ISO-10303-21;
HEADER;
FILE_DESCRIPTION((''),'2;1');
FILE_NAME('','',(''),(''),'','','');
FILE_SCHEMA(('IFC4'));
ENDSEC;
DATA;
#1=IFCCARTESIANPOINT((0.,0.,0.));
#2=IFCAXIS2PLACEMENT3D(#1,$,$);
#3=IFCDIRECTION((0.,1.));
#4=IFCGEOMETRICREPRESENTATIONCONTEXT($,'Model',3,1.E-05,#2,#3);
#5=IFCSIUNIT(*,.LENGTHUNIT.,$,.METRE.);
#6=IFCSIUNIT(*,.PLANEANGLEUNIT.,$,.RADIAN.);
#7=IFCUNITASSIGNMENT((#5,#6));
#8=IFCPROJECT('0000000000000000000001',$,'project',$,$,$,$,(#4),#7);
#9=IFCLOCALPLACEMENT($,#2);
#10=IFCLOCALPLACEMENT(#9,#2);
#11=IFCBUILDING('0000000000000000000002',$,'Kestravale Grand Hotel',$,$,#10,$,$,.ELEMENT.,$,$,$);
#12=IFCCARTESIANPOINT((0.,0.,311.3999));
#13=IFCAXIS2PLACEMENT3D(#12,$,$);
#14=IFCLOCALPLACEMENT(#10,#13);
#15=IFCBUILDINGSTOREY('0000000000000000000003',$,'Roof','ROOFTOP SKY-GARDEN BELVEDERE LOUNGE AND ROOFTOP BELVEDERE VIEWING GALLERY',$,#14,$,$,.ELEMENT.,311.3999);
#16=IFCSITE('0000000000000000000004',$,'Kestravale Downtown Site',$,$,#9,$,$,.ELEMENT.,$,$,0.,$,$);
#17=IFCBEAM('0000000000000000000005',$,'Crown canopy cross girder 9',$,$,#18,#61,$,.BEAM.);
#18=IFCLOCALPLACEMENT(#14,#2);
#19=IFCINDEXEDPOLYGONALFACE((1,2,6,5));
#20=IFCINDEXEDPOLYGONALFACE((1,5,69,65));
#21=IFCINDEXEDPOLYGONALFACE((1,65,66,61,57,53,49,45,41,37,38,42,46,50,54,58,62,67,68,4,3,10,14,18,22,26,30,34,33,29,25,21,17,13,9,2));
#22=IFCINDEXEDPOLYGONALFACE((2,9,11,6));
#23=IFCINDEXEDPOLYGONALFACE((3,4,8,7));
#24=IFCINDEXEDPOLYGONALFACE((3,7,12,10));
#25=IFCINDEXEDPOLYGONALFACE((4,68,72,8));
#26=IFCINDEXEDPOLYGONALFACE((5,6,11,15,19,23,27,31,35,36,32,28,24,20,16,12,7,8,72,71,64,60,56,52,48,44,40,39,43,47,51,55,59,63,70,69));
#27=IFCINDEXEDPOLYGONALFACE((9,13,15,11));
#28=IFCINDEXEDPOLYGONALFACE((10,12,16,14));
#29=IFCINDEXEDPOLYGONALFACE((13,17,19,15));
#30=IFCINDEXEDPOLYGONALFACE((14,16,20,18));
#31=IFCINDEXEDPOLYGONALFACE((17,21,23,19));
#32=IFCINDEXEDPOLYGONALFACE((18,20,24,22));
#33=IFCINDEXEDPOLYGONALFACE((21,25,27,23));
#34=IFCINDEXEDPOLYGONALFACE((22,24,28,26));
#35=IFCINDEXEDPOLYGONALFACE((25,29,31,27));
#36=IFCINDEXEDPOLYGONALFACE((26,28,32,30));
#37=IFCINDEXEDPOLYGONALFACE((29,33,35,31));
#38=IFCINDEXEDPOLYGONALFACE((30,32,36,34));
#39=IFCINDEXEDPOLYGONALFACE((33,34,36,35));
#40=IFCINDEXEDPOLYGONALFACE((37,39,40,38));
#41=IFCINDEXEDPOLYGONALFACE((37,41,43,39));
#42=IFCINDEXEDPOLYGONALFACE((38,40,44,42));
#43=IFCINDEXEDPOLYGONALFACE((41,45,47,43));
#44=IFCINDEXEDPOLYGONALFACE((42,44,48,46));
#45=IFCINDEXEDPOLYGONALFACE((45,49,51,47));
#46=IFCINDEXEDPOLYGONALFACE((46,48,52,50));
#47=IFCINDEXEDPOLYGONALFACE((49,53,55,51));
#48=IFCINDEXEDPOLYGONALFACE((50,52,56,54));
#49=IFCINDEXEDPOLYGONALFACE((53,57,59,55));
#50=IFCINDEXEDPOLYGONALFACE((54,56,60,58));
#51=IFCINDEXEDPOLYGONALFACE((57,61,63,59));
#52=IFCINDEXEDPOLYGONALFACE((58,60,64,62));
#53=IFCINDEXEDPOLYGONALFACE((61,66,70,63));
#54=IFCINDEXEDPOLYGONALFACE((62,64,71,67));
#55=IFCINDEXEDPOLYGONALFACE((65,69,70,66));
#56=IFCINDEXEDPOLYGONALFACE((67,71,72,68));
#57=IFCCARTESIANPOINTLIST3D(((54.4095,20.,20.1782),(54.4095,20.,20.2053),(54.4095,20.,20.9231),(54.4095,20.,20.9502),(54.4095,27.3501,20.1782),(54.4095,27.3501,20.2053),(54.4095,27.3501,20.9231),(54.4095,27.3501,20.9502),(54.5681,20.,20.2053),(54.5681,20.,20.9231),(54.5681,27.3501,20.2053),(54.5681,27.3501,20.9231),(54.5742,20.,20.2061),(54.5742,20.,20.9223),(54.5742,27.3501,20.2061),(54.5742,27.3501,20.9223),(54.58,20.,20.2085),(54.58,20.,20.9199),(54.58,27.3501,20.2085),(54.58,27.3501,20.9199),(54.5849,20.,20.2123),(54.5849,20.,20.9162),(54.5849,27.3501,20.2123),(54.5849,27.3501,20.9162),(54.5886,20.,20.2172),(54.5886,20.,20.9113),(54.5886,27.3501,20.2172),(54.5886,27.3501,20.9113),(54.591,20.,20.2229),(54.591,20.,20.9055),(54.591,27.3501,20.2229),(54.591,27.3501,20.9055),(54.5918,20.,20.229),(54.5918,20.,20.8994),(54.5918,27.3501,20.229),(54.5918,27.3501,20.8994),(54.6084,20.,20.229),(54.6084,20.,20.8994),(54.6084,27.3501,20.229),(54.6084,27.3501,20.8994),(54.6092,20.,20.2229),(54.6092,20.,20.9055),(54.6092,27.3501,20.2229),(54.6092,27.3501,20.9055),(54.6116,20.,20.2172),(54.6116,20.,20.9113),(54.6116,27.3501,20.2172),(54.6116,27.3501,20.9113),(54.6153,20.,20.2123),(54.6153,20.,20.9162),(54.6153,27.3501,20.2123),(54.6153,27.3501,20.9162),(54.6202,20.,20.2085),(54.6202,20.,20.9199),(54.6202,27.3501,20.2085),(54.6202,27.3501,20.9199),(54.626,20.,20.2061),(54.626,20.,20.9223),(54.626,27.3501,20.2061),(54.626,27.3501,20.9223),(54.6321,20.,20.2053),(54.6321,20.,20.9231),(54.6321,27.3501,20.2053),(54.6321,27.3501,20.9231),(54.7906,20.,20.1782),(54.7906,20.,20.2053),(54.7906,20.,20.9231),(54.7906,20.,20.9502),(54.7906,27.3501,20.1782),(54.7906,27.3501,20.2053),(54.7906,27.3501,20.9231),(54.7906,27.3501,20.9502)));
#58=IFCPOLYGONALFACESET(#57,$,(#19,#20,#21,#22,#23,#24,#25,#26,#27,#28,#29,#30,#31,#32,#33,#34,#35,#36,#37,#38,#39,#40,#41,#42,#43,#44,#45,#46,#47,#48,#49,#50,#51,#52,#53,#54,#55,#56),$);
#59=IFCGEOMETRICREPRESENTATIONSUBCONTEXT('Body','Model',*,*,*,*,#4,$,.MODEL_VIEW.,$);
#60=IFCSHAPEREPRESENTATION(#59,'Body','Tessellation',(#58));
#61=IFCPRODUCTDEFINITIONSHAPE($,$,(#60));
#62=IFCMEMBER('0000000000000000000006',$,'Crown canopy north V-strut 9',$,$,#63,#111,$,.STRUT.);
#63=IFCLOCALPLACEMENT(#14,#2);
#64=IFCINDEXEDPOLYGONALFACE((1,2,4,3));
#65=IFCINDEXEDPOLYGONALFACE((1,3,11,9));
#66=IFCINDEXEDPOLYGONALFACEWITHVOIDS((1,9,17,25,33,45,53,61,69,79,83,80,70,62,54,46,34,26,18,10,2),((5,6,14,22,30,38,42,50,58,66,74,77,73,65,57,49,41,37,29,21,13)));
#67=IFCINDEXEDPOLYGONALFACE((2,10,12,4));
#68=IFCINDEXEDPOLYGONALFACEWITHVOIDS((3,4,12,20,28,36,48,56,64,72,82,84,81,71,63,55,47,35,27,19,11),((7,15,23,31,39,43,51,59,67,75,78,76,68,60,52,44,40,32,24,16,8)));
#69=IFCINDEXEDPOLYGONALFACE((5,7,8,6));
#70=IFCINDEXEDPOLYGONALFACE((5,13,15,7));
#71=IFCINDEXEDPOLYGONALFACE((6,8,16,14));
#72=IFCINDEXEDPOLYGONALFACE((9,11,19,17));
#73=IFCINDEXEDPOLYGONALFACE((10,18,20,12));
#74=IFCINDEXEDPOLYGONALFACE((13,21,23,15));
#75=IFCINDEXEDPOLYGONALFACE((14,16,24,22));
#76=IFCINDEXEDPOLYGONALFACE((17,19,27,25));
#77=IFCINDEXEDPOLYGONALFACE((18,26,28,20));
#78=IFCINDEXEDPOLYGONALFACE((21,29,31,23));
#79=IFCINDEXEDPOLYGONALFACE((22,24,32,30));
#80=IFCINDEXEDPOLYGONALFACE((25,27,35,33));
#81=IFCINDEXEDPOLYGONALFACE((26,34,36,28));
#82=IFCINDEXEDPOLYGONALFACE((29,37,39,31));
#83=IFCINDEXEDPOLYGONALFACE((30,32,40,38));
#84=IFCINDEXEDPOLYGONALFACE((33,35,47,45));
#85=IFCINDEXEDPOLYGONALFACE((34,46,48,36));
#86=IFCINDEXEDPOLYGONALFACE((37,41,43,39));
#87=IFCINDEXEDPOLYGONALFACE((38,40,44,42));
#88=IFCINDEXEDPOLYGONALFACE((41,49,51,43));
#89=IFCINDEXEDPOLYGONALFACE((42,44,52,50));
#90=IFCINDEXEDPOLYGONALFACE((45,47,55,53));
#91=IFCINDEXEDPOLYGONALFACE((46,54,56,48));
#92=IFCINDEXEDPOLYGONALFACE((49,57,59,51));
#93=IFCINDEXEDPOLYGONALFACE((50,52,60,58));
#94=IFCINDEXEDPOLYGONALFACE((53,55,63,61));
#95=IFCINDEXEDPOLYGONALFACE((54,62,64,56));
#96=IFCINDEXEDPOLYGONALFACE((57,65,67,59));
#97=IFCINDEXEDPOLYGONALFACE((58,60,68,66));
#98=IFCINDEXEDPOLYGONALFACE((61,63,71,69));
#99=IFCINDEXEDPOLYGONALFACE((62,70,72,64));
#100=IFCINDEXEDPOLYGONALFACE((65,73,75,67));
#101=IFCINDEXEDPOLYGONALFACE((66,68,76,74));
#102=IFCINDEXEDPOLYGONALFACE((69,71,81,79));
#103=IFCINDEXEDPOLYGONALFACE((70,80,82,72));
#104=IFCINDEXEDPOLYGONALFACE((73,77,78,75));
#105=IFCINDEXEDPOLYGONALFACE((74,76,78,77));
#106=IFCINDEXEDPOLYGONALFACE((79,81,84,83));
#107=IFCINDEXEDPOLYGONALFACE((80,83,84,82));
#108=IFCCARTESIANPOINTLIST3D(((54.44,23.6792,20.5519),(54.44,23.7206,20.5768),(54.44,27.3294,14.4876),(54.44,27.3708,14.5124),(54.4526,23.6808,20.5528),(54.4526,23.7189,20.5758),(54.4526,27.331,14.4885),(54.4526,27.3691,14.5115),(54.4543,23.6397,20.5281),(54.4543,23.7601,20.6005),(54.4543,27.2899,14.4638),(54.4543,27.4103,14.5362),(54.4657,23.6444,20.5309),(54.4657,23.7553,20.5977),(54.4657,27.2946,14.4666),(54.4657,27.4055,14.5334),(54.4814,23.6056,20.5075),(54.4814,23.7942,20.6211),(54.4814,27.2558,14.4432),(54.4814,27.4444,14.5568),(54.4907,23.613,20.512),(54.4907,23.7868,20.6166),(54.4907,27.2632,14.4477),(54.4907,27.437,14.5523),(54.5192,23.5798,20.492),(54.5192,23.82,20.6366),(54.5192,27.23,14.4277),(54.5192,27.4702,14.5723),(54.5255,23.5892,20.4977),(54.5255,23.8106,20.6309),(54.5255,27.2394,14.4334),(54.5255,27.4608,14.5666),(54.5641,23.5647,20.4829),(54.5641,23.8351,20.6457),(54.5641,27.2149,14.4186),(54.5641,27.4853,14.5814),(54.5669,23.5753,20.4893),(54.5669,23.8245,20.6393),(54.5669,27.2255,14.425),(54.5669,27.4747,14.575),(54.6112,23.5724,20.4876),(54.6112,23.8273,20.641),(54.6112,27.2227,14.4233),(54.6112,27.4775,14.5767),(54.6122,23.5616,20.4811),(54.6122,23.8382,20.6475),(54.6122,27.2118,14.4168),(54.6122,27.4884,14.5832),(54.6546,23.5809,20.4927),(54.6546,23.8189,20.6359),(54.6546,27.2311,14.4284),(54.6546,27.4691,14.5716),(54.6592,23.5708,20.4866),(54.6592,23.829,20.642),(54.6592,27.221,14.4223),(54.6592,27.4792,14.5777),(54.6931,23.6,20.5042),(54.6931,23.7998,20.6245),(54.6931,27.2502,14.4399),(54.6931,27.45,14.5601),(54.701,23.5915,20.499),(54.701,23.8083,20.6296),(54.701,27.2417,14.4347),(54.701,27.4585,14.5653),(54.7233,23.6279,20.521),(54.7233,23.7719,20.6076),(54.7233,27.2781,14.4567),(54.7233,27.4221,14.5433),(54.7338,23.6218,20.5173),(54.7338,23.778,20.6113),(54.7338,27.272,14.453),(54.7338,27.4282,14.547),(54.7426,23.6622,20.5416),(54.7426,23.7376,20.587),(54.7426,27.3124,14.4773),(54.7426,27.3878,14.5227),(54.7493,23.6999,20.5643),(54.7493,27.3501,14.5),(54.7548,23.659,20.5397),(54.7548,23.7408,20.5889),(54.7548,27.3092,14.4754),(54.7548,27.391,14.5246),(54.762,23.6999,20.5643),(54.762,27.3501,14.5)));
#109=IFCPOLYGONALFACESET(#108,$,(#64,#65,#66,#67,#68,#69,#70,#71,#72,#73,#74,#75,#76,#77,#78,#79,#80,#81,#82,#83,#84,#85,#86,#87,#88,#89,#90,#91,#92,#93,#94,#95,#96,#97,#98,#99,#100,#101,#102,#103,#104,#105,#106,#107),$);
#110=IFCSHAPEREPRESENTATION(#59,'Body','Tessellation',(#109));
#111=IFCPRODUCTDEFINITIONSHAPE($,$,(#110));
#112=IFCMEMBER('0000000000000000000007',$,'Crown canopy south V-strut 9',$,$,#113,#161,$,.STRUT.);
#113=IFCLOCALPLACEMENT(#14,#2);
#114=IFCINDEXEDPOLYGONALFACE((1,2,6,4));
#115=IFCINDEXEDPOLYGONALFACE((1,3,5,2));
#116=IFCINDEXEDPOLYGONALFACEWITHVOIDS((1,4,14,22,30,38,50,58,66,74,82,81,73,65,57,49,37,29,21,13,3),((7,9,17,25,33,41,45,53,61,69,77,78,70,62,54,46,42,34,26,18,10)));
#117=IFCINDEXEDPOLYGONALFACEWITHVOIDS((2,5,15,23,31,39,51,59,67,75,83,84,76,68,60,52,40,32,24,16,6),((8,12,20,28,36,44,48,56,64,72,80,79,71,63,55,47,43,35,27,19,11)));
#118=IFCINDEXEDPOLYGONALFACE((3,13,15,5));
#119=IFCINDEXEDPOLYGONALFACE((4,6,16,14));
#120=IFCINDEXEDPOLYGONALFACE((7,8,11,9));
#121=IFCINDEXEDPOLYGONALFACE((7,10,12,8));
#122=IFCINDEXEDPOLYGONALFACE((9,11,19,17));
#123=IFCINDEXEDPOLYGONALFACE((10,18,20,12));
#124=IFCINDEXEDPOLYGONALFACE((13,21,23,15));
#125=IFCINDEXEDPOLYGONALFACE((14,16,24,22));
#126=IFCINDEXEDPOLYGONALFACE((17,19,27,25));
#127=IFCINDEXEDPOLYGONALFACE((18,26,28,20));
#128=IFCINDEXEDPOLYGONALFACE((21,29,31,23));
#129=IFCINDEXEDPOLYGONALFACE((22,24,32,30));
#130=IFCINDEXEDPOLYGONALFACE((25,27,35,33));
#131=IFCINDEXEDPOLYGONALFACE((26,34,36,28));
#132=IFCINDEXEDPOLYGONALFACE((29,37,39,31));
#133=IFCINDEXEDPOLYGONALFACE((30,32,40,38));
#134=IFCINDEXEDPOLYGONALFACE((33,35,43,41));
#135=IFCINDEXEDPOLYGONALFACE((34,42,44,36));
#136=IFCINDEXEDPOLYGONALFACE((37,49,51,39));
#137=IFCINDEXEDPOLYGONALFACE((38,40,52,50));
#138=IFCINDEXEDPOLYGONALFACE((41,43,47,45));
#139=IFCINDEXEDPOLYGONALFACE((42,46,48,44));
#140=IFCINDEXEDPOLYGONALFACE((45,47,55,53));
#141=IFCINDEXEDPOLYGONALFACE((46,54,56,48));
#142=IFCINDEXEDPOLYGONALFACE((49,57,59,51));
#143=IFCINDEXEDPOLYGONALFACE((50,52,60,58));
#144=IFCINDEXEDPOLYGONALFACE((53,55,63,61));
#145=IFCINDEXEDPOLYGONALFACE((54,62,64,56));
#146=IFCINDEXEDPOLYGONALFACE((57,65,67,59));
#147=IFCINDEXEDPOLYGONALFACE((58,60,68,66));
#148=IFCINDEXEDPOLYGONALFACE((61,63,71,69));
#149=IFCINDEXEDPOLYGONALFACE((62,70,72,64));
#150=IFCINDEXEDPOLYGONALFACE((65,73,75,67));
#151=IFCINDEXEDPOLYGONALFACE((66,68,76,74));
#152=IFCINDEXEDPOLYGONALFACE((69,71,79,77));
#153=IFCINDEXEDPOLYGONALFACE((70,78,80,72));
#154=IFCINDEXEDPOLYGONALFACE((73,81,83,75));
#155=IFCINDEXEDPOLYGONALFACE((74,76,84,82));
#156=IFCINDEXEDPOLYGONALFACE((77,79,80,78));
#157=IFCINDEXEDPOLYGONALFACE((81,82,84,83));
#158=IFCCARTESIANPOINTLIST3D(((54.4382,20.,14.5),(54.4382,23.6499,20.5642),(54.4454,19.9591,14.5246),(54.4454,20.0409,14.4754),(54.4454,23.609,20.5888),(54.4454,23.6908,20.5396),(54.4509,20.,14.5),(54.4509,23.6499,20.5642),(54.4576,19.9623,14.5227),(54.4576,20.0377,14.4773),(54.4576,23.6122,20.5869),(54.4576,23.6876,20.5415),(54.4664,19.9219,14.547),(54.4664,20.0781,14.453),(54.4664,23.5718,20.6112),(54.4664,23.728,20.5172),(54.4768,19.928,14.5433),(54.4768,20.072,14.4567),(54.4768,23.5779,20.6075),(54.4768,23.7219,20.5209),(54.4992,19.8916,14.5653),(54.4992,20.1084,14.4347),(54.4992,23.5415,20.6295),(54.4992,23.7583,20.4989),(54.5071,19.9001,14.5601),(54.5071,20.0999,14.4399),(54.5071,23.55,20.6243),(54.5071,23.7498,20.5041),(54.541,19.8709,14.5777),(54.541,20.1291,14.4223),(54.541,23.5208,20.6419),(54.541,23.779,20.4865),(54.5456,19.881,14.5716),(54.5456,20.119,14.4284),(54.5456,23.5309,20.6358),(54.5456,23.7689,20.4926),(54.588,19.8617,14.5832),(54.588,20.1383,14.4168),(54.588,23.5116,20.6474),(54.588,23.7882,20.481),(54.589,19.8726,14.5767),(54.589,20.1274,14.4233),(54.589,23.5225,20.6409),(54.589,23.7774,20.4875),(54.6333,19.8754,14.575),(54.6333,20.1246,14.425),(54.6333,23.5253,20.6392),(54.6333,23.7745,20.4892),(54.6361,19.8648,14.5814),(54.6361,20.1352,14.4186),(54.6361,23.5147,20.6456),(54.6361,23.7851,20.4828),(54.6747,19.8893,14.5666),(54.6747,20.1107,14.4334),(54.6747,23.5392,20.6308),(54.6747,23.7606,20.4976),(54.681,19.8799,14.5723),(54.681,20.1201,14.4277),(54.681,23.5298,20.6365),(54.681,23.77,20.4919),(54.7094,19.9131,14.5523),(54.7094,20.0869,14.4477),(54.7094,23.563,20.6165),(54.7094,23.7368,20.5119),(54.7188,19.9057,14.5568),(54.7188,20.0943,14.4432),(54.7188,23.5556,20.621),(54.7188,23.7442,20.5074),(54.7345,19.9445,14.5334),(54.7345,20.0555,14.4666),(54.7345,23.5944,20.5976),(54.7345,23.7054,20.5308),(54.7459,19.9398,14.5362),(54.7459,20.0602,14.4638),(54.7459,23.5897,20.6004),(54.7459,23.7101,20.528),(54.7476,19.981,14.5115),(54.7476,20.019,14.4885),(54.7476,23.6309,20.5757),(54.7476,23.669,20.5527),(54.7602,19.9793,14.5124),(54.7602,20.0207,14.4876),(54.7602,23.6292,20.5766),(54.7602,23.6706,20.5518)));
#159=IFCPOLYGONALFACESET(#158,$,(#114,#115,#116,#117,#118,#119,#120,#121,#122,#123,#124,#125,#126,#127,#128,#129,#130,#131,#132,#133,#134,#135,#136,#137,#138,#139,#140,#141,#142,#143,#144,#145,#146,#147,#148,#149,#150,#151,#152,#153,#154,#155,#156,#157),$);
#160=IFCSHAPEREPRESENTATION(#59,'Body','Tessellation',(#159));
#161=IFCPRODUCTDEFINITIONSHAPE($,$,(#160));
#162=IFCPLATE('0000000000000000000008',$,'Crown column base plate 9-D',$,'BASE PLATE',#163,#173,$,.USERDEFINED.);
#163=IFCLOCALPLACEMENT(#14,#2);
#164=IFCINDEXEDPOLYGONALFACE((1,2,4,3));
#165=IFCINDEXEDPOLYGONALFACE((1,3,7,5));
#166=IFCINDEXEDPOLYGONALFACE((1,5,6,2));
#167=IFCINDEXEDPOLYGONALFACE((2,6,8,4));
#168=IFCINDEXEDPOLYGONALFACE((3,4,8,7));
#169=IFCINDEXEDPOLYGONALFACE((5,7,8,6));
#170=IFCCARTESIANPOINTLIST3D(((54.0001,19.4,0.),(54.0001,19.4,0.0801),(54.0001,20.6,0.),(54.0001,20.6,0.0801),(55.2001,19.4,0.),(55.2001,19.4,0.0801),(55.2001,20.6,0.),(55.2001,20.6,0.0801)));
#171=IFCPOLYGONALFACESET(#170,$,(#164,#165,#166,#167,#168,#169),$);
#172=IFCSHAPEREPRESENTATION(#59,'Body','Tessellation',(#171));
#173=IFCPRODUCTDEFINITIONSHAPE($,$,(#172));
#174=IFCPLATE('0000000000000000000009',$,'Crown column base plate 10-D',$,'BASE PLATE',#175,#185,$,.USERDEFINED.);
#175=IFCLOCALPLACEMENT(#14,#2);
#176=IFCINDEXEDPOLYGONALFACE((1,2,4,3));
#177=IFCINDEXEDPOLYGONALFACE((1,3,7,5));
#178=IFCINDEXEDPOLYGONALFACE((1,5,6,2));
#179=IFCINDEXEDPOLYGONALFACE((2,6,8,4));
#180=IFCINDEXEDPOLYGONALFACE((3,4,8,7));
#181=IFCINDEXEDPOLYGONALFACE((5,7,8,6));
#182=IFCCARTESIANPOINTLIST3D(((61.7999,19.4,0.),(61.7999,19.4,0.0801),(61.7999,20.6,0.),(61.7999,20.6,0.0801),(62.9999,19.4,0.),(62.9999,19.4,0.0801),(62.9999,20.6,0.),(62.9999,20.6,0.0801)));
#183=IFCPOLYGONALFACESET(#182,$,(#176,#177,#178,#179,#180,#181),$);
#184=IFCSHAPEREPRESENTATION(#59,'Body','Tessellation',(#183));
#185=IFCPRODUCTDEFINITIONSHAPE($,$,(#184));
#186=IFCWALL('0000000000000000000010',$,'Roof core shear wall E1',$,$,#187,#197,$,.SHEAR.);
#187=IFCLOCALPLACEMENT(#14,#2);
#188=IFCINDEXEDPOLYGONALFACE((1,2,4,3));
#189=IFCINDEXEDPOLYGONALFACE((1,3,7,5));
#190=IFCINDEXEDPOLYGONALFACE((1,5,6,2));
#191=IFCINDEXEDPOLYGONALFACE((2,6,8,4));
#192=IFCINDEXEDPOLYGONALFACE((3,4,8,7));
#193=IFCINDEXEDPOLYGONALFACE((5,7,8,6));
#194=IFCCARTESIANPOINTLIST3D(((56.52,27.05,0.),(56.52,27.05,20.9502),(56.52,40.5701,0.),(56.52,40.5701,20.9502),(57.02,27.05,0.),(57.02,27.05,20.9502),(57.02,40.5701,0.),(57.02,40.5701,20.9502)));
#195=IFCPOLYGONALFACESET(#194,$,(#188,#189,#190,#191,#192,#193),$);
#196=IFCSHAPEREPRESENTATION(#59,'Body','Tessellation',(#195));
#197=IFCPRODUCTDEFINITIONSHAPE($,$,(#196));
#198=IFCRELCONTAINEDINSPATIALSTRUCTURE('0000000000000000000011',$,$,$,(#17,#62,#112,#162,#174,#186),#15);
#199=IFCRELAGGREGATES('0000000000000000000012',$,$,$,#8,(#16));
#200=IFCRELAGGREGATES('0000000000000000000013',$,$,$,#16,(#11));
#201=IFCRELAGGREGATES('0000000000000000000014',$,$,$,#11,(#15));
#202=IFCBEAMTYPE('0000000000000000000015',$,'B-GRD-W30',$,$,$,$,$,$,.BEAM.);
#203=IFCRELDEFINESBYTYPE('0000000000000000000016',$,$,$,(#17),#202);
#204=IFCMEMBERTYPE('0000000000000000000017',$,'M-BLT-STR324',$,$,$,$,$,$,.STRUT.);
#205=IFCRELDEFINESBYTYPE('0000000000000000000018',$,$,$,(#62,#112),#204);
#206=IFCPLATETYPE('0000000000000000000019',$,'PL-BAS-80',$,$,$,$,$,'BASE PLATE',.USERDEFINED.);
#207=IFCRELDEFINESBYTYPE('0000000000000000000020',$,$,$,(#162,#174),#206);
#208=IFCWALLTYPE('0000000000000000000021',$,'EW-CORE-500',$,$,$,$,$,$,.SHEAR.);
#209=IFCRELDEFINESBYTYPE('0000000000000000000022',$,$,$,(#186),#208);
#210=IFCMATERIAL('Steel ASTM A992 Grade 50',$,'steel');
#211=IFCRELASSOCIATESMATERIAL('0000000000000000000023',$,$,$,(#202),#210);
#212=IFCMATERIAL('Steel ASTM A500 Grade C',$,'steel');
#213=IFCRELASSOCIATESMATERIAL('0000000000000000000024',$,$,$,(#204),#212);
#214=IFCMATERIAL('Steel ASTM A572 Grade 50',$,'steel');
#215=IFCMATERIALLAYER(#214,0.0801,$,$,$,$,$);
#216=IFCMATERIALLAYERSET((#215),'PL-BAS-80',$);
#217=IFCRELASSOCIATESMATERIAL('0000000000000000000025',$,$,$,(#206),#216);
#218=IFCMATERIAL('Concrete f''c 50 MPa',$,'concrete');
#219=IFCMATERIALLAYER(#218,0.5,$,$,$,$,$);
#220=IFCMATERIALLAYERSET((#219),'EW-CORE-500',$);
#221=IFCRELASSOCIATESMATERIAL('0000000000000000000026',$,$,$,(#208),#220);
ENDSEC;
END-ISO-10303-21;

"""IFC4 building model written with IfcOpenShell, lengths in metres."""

from ifc_helpers import new_model, si_unit, direction, frame, frame_2d, origin, origin_2d, place, context, subcontext, project, spatial, rectangle, hollow_circle, i_section, extrude, material, layer, layer_set, material_profile, profile_set, type_object, element, save


model = new_model("IFC4")

# Units and contexts
model_context = context("Model", 3, precision=1e-05, world=origin(), true_north=direction((0.0, 1.0)))
body_context = subcontext(model_context, "Body", "Model", "MODEL_VIEW")
ifc_project = project(units=[si_unit("LENGTHUNIT", "METRE"), si_unit("PLANEANGLEUNIT", "RADIAN")], contexts=[model_context])

# Site, building, storey
site_placement = place(None, origin())
site = spatial("IfcSite", under=ifc_project, at=site_placement, Name="Kestravale Downtown Site", CompositionType="ELEMENT", RefElevation=0.0)
building_placement = place(site_placement, origin())
building = spatial("IfcBuilding", under=site, at=building_placement, Name="Kestravale Grand Hotel", CompositionType="ELEMENT")
storey_placement = place(building_placement, frame((0.0, 0.0, 311.3999)))
storey = spatial("IfcBuildingStorey", under=building, at=storey_placement, Name="Roof", Description="ROOFTOP SKY-GARDEN BELVEDERE LOUNGE AND ROOFTOP BELVEDERE VIEWING GALLERY", CompositionType="ELEMENT", Elevation=311.3999)

# Beam
ifc_material_1 = material(Name="Steel ASTM A992 Grade 50", Category="steel")
ifc_material_profile_1 = material_profile(ifc_material_1, i_section(OverallWidth=0.3811, OverallDepth=0.772, WebThickness=0.0166, FlangeThickness=0.0271, FilletRadius=0.0237, at=origin_2d()))
ifc_profile_set_1 = profile_set([ifc_material_profile_1], Name="Steel ASTM A992 Grade 50")
beam_type = type_object("IfcBeamType", Name="B-GRD-W30", PredefinedType="BEAM", material=ifc_profile_set_1)
beam_1_placement = place(storey_placement, frame((54.6001, 20.0, 20.5642), z_axis=(0.0, 1.0, 0.0), x_axis=(-1.0, 0.0, 0.0)))
element("IfcBeam", 1, at=beam_1_placement, inside=storey, type_object=beam_type, Name="Crown canopy cross girder 9", PredefinedType="BEAM", context=body_context, shape_type="SweptSolid", body=[
    extrude(i_section(OverallWidth=0.3811, OverallDepth=0.772, WebThickness=0.0166, FlangeThickness=0.0271, FilletRadius=0.0237, at=origin_2d()), origin(), (0.0, 0.0, 1.0), 7.3501),
])

# Members
ifc_material_2 = material(Name="Steel ASTM A500 Grade C", Category="steel")
ifc_material_profile_2 = material_profile(ifc_material_2, hollow_circle(Radius=0.1619, WallThickness=0.0127, at=origin_2d()))
ifc_profile_set_2 = profile_set([ifc_material_profile_2], Name="Steel ASTM A500 Grade C")
member_type = type_object("IfcMemberType", Name="M-BLT-STR324", PredefinedType="STRUT", material=ifc_profile_set_2)
member_1_placement = place(storey_placement, frame((54.6001, 27.3501, 14.5), z_axis=(0.0, -0.515702, 0.856768), x_axis=(1.0, 0.0, 0.0)))
element("IfcMember", 2, at=member_1_placement, inside=storey, type_object=member_type, Name="Crown canopy north V-strut 9", PredefinedType="STRUT", context=body_context, shape_type="SweptSolid", body=[
    extrude(hollow_circle(Radius=0.1619, WallThickness=0.0127, at=origin_2d()), origin(), (0.0, 0.0, 1.0), 7.0781),
])
member_2_placement = place(storey_placement, frame((54.6001, 20.0, 14.5), z_axis=(0.0, 0.515677, 0.856783), x_axis=(-1.0, 0.0, 0.0)))
element("IfcMember", 3, at=member_2_placement, inside=storey, type_object=member_type, Name="Crown canopy south V-strut 9", PredefinedType="STRUT", context=body_context, shape_type="SweptSolid", body=[
    extrude(hollow_circle(Radius=0.1619, WallThickness=0.0127, at=origin_2d()), origin(), (0.0, 0.0, 1.0), 7.0779),
])

# Plates
ifc_material_3 = material(Name="Steel ASTM A572 Grade 50", Category="steel")
ifc_layer_1 = layer(ifc_material_3, 0.0801)
ifc_layer_set_1 = layer_set([ifc_layer_1], Name="PL-BAS-80")
plate_type = type_object("IfcPlateType", Name="PL-BAS-80", ElementType="BASE PLATE", PredefinedType="USERDEFINED", material=ifc_layer_set_1)
for number, where, z_axis, x_axis, name in (
    (4, (54.6001, 20.0, 0.0), (0.0, 0.0, 1.0), (1.0, 0.0, 0.0), "Crown column base plate 9-D"),
    (5, (62.3999, 20.0, 0.0), (0.0, 0.0, 1.0), (1.0, 0.0, 0.0), "Crown column base plate 10-D"),
):
    element("IfcPlate", number, at=place(storey_placement, frame(where, z_axis=z_axis, x_axis=x_axis)), inside=storey, type_object=plate_type, Name=name, ObjectType="BASE PLATE", PredefinedType="USERDEFINED", context=body_context, shape_type="SweptSolid", body=[
        extrude(rectangle(XDim=1.2, YDim=1.2, at=origin_2d()), origin(), (0.0, 0.0, 1.0), 0.0801),
    ])

# Wall
ifc_material_4 = material(Name="Concrete f'c 50 MPa", Category="concrete")
ifc_layer_2 = layer(ifc_material_4, 0.5)
ifc_layer_set_2 = layer_set([ifc_layer_2], Name="EW-CORE-500")
wall_type_1 = type_object("IfcWallType", Name="EW-CORE-500", PredefinedType="SHEAR", material=ifc_layer_set_2)
wall_1_placement = place(storey_placement, frame((56.77, 27.05, 0.0), z_axis=(0.0, 0.0, 1.0), x_axis=(0.0, 1.0, 0.0)))
element("IfcWall", 6, at=wall_1_placement, inside=storey, type_object=wall_type_1, Name="Roof core shear wall E1", PredefinedType="SHEAR", context=body_context, shape_type="SweptSolid", body=[
    extrude(rectangle(XDim=13.52, YDim=0.5, at=frame_2d((6.76, 0.0))), origin(), (0.0, 0.0, 1.0), 20.9502),
])

save(model, "model.ifc")
